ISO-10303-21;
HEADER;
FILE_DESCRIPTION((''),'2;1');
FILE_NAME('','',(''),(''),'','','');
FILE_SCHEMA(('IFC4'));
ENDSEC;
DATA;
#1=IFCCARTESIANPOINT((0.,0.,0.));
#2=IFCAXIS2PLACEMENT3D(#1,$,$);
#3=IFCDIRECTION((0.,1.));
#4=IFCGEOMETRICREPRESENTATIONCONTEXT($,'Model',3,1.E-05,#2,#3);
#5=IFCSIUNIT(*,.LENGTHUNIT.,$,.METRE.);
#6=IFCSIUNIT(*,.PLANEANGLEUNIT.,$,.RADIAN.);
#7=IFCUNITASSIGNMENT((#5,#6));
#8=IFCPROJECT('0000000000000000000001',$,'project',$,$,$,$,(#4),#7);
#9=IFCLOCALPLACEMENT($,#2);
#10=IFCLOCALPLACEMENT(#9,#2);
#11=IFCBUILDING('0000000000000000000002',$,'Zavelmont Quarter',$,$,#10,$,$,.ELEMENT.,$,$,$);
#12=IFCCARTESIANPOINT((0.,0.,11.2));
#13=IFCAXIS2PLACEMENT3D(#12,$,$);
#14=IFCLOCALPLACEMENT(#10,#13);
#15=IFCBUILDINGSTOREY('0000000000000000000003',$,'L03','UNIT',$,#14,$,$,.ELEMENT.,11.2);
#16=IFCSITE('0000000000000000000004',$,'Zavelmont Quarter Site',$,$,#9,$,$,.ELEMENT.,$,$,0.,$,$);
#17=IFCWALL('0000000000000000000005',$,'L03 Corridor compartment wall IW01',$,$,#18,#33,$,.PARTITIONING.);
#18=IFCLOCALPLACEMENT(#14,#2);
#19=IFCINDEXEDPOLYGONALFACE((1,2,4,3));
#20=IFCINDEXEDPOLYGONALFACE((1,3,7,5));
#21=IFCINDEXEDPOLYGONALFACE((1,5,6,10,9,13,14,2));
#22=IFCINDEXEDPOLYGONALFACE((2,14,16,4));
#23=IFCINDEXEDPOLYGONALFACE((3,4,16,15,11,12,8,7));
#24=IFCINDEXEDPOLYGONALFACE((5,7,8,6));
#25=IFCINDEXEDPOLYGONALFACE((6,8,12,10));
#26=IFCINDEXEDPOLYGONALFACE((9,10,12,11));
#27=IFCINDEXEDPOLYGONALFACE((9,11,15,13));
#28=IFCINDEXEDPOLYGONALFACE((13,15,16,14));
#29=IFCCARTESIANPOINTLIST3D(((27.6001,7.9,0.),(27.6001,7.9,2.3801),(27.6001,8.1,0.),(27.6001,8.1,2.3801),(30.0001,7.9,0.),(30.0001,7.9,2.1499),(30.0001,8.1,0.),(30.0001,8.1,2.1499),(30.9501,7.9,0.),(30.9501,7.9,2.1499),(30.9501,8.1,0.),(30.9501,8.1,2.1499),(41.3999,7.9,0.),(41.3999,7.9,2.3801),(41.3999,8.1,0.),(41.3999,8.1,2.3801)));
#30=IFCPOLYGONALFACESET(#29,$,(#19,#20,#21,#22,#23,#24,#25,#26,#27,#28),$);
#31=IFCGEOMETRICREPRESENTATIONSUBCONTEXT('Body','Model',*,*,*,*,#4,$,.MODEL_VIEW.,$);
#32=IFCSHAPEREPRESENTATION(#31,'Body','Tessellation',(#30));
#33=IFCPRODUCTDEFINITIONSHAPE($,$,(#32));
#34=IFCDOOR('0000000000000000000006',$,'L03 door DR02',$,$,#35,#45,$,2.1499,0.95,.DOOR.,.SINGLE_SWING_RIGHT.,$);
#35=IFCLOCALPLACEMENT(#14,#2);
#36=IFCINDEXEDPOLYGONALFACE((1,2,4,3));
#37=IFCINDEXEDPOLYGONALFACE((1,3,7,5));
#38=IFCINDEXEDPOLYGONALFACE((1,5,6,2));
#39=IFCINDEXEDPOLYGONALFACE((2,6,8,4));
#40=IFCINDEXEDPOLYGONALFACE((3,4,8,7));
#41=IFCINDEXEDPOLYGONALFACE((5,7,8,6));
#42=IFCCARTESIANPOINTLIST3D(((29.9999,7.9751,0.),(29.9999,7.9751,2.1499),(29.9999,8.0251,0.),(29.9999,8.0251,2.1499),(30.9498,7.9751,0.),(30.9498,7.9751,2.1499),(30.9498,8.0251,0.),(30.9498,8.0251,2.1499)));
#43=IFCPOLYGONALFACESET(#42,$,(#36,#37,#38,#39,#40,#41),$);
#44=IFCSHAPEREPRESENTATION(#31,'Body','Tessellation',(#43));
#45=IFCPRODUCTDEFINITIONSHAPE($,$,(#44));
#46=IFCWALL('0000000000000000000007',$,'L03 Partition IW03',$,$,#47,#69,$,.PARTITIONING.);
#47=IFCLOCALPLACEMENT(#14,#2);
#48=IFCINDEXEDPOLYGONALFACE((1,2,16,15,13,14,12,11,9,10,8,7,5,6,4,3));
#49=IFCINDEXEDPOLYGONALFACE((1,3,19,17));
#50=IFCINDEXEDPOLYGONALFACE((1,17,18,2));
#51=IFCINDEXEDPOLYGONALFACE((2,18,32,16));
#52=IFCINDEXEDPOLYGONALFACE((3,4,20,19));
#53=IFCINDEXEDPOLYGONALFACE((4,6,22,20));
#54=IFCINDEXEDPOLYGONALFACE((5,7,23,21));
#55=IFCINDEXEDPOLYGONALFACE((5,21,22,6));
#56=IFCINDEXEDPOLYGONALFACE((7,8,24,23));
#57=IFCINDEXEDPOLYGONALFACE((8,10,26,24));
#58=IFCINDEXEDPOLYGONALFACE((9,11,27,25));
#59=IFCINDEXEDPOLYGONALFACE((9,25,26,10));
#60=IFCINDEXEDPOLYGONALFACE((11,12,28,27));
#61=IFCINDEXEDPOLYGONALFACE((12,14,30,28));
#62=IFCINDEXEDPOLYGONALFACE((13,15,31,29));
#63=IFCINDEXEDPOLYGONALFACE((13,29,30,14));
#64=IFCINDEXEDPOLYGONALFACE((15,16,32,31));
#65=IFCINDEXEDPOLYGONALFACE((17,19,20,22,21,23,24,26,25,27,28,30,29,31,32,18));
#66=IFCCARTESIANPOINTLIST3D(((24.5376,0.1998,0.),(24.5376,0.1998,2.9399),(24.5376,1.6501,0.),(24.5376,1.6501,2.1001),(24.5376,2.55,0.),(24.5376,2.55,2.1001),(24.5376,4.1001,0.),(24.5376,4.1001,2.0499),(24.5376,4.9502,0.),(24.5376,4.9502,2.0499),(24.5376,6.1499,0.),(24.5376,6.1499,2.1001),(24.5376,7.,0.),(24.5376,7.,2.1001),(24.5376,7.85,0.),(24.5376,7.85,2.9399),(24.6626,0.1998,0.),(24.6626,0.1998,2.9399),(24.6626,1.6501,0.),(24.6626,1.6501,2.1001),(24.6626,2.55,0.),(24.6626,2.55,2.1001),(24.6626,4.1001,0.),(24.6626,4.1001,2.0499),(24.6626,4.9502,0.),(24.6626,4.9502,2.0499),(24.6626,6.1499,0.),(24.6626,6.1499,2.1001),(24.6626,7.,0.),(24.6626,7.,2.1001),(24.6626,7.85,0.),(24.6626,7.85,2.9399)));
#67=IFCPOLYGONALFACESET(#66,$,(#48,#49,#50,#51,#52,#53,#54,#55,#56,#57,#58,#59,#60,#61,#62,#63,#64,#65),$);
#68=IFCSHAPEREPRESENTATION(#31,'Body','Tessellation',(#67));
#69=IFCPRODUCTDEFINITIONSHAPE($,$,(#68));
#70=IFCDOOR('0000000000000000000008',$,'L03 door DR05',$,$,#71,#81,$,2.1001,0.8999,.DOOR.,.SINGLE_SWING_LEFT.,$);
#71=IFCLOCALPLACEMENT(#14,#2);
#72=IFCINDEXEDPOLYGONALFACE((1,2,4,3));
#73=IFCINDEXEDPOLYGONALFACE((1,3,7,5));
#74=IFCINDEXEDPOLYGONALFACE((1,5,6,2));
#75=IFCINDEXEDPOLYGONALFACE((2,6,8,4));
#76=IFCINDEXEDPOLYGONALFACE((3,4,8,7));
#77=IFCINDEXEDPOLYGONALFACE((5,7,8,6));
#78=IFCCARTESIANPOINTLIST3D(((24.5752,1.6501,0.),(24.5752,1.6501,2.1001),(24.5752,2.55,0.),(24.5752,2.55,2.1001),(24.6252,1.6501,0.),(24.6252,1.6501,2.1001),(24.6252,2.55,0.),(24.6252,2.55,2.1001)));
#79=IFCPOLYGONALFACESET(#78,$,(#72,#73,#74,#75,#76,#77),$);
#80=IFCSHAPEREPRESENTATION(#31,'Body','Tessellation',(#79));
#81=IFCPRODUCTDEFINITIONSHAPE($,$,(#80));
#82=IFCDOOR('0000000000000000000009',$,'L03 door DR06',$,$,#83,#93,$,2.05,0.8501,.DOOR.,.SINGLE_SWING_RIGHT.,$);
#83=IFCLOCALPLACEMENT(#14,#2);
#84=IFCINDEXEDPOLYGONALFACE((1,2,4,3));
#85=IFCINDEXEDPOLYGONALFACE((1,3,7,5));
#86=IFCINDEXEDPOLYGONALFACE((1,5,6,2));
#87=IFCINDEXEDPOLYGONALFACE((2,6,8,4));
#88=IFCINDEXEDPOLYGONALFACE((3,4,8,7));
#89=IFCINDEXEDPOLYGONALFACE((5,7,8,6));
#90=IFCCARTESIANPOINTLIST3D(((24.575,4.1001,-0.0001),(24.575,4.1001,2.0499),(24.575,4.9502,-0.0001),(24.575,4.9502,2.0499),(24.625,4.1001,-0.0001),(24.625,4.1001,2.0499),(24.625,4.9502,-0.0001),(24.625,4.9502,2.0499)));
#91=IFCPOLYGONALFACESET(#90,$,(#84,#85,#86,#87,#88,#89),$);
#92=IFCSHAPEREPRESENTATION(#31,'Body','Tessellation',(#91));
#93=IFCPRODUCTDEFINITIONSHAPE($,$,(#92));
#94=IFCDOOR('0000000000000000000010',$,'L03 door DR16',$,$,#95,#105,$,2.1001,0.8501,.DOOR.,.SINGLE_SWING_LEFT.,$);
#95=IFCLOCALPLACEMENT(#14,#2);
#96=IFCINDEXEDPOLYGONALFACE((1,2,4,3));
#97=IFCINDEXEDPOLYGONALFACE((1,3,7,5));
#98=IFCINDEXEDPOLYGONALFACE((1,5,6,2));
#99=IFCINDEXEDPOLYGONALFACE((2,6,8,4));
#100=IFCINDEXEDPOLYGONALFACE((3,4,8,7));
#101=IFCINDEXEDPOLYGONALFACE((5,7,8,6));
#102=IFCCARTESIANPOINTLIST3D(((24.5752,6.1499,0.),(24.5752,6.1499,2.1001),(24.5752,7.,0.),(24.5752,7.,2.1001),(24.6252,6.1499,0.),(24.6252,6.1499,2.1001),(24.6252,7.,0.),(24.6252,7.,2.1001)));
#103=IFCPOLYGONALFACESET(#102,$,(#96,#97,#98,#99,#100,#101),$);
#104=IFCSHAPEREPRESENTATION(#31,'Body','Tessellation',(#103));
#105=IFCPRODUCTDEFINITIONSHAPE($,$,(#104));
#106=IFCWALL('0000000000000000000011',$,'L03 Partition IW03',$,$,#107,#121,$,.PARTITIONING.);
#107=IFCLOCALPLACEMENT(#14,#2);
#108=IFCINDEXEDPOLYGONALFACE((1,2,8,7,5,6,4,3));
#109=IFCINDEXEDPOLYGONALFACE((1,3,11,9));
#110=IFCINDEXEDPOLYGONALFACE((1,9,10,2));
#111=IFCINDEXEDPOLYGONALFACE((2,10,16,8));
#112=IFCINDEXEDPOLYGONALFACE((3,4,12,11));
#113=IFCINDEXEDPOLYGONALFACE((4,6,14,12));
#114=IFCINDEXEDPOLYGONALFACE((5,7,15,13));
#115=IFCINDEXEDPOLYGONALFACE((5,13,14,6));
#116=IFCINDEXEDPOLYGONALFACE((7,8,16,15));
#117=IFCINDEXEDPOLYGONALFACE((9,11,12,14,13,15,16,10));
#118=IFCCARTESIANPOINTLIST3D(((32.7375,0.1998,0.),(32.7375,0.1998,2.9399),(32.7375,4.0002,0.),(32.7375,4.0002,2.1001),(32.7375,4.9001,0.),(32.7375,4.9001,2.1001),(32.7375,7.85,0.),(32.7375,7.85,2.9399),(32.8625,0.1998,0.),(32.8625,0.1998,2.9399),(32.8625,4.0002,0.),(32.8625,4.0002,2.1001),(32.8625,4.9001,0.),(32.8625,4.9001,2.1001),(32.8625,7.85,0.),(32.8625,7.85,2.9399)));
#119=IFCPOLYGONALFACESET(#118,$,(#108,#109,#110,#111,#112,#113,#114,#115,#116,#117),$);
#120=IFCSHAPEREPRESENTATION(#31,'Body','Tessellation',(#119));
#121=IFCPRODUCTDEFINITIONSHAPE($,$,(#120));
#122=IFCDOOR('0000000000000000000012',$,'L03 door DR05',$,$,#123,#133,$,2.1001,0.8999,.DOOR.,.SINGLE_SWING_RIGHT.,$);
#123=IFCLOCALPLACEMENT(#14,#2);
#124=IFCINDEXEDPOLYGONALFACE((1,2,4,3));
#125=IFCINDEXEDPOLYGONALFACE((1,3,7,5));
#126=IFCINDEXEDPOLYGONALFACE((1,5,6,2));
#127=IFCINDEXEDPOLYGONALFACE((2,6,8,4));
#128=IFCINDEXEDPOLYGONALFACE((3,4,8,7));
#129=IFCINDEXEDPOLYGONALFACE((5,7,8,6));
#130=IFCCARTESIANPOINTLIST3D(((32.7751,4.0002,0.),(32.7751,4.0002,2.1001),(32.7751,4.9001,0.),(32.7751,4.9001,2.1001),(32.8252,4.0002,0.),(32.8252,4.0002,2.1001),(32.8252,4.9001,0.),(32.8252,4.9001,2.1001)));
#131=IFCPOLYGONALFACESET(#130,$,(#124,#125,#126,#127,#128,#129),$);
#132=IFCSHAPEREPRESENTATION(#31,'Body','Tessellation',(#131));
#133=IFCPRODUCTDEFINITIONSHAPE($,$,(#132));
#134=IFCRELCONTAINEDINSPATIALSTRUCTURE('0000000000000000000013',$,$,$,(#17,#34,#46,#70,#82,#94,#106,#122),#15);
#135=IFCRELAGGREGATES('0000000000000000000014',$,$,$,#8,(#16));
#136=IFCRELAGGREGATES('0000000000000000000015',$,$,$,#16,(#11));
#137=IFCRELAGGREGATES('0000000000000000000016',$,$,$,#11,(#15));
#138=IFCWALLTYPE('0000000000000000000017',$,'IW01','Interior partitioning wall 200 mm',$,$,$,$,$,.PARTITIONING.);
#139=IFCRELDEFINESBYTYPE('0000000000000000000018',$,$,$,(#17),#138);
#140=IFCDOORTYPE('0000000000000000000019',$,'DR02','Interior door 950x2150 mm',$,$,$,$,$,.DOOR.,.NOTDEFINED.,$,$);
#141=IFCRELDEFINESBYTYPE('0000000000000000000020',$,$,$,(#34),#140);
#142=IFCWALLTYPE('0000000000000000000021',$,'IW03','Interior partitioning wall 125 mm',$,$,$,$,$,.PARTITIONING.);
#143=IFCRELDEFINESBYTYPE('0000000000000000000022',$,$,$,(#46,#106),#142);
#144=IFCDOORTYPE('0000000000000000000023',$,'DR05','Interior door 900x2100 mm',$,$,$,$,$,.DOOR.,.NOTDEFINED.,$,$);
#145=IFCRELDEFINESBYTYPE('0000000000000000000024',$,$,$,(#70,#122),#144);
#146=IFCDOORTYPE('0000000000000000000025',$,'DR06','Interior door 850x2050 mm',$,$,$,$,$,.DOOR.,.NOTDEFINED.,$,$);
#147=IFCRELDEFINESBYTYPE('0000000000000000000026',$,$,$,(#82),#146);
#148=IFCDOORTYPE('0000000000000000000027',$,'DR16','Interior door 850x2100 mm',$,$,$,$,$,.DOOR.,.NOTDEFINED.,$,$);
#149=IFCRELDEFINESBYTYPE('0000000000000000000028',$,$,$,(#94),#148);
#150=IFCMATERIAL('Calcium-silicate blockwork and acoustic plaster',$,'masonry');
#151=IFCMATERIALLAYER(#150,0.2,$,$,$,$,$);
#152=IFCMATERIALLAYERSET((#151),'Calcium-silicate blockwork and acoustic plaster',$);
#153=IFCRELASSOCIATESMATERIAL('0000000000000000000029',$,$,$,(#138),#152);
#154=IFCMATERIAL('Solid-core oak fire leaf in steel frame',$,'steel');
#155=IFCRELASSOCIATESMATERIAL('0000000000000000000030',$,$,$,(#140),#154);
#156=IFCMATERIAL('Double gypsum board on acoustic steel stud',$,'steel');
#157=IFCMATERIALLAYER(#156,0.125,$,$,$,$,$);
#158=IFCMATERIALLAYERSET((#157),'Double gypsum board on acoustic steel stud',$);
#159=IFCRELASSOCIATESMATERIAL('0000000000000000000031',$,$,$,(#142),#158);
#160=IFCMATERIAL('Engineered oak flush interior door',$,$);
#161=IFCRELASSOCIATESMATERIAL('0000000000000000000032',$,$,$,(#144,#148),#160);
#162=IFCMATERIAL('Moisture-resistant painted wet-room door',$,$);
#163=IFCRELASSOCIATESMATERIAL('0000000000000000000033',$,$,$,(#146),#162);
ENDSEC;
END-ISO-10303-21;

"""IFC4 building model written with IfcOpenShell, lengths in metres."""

from ifc_helpers import new_model, si_unit, direction, frame, frame_2d, origin, origin_with_axes, place, context, subcontext, project, spatial, rectangle, extrude, material, layer, layer_set, type_object, element, fill, save


model = new_model("IFC4")

# Units and contexts
model_context = context("Model", 3, precision=1e-05, world=origin(), true_north=direction((0.0, 1.0)))
body_context = subcontext(model_context, "Body", "Model", "MODEL_VIEW")
ifc_project = project(units=[si_unit("LENGTHUNIT", "METRE"), si_unit("PLANEANGLEUNIT", "RADIAN")], contexts=[model_context])

# Site, building, storey
site_placement = place(None, origin())
site = spatial("IfcSite", under=ifc_project, at=site_placement, Name="Zavelmont Quarter Site", CompositionType="ELEMENT", RefElevation=0.0)
building_placement = place(site_placement, origin())
building = spatial("IfcBuilding", under=site, at=building_placement, Name="Zavelmont Quarter", CompositionType="ELEMENT")
storey_placement = place(building_placement, frame((0.0, 0.0, 11.2)))
storey = spatial("IfcBuildingStorey", under=building, at=storey_placement, Name="L03", Description="UNIT", CompositionType="ELEMENT", Elevation=11.2)

# Shared definitions
ifc_material_1 = material(Name="Calcium-silicate blockwork and acoustic plaster", Category="masonry")
ifc_layer_1 = layer(ifc_material_1, 0.2)
ifc_layer_set_1 = layer_set([ifc_layer_1], Name="Calcium-silicate blockwork and acoustic plaster")
wall_type_1 = type_object("IfcWallType", Name="IW01", Description="Interior partitioning wall 200 mm", PredefinedType="PARTITIONING", material=ifc_layer_set_1)

# Wall, opening, door
wall_1_placement = place(storey_placement, frame((27.6001, 8.0, 0.0), z_axis=(0.0, 0.0, 1.0), x_axis=(1.0, 0.0, 0.0)))
wall_1 = element("IfcWall", 1, at=wall_1_placement, inside=storey, type_object=wall_type_1, Name="L03 Corridor compartment wall IW01", PredefinedType="PARTITIONING", context=body_context, shape_type="SweptSolid", body=[
    extrude(rectangle(XDim=13.7998, YDim=0.2, at=frame_2d((6.8999, 0.0))), origin(), (0.0, 0.0, 1.0), 2.3801),
])
opening_1_placement = place(wall_1_placement, frame((2.3999, 0.0, 0.0)))
opening_1 = element("IfcOpeningElement", 2, at=opening_1_placement, cuts=wall_1, PredefinedType="OPENING", context=body_context, shape_type="SweptSolid", body=[
    extrude(rectangle(XDim=0.95, YDim=2.1499, at=frame_2d((0.4751, 1.075))), frame((0.0, 0.1118, 0.0), z_axis=(0.0, -1.0, 0.0), x_axis=(1.0, 0.0, 0.0)), (0.0, 0.0, 1.0), 0.2239),
])
ifc_material_2 = material(Name="Solid-core oak fire leaf in steel frame", Category="steel")
door_type_1 = type_object("IfcDoorType", Name="DR02", Description="Interior door 950x2150 mm", OperationType="NOTDEFINED", PredefinedType="DOOR", material=ifc_material_2)
door_1_placement = place(opening_1_placement, frame((0.95, 0.0, 0.0), z_axis=(0.0, 0.0, 1.0), x_axis=(-1.0, 0.0, 0.0)))
door_1 = element("IfcDoor", 3, at=door_1_placement, inside=storey, type_object=door_type_1, Name="L03 door DR02", OperationType="SINGLE_SWING_RIGHT", OverallHeight=2.1499, OverallWidth=0.95, PredefinedType="DOOR", context=body_context, shape_type="SweptSolid", body=[
    extrude(rectangle(XDim=0.95, YDim=2.1499, at=frame_2d((0.4751, 1.075))), frame((0.0, 0.0249, 0.0), z_axis=(0.0, -1.0, 0.0), x_axis=(1.0, 0.0, 0.0)), (0.0, 0.0, 1.0), 0.05),
])
fill(opening_1, door_1)

# Wall, openings, doors
ifc_material_3 = material(Name="Double gypsum board on acoustic steel stud", Category="steel")
ifc_layer_2 = layer(ifc_material_3, 0.125)
ifc_layer_set_2 = layer_set([ifc_layer_2], Name="Double gypsum board on acoustic steel stud")
wall_type_2 = type_object("IfcWallType", Name="IW03", Description="Interior partitioning wall 125 mm", PredefinedType="PARTITIONING", material=ifc_layer_set_2)
wall_2_placement = place(storey_placement, frame((24.6001, 7.8501, 0.0), z_axis=(0.0, 0.0, 1.0), x_axis=(0.0, -1.0, 0.0)))
wall_2 = element("IfcWall", 4, at=wall_2_placement, inside=storey, type_object=wall_type_2, Name="L03 Partition IW03", PredefinedType="PARTITIONING", context=body_context, shape_type="SweptSolid", body=[
    extrude(rectangle(XDim=7.6501, YDim=0.125, at=frame_2d((3.8252, 0.0))), origin(), (0.0, 0.0, 1.0), 2.9399),
])
opening_2_placement = place(wall_2_placement, frame((0.8501, 0.0, 0.0)))
opening_2 = element("IfcOpeningElement", 5, at=opening_2_placement, cuts=wall_2, PredefinedType="OPENING", context=body_context, shape_type="SweptSolid", body=[
    extrude(rectangle(XDim=0.8501, YDim=2.1001, at=frame_2d((0.425, 1.05))), frame((0.0, 0.0745, 0.0), z_axis=(0.0, -1.0, 0.0), x_axis=(1.0, 0.0, 0.0)), (0.0, 0.0, 1.0), 0.1489),
])
opening_3_placement = place(wall_2_placement, frame((2.8999, 0.0, 0.0)))
opening_3 = element("IfcOpeningElement", 6, at=opening_3_placement, cuts=wall_2, PredefinedType="OPENING", context=body_context, shape_type="SweptSolid", body=[
    extrude(rectangle(XDim=0.8501, YDim=2.05, at=frame_2d((0.425, 1.0249))), frame((0.0, 0.0745, 0.0), z_axis=(0.0, -1.0, 0.0), x_axis=(1.0, 0.0, 0.0)), (0.0, 0.0, 1.0), 0.1489),
])
opening_4_placement = place(wall_2_placement, frame((5.3, 0.0, 0.0)))
opening_4 = element("IfcOpeningElement", 7, at=opening_4_placement, cuts=wall_2, PredefinedType="OPENING", context=body_context, shape_type="SweptSolid", body=[
    extrude(rectangle(XDim=0.8999, YDim=2.1001, at=frame_2d((0.45, 1.05))), frame((0.0, 0.0745, 0.0), z_axis=(0.0, -1.0, 0.0), x_axis=(1.0, 0.0, 0.0)), (0.0, 0.0, 1.0), 0.1489),
])
ifc_material_4 = material(Name="Engineered oak flush interior door")
door_type_2 = type_object("IfcDoorType", Name="DR05", Description="Interior door 900x2100 mm", OperationType="NOTDEFINED", PredefinedType="DOOR", material=ifc_material_4)
door_2_placement = place(opening_4_placement, frame((0.8999, 0.0, 0.0), z_axis=(0.0, 0.0, 1.0), x_axis=(-1.0, 0.0, 0.0)))
door_2 = element("IfcDoor", 8, at=door_2_placement, inside=storey, type_object=door_type_2, Name="L03 door DR05", OperationType="SINGLE_SWING_LEFT", OverallHeight=2.1001, OverallWidth=0.8999, PredefinedType="DOOR", context=body_context, shape_type="SweptSolid", body=[
    extrude(rectangle(XDim=0.8999, YDim=2.1001, at=frame_2d((0.45, 1.05))), frame((0.0, 0.0249, 0.0), z_axis=(0.0, -1.0, 0.0), x_axis=(1.0, 0.0, 0.0)), (0.0, 0.0, 1.0), 0.05),
])
fill(opening_4, door_2)
ifc_material_5 = material(Name="Moisture-resistant painted wet-room door")
door_type_3 = type_object("IfcDoorType", Name="DR06", Description="Interior door 850x2050 mm", OperationType="NOTDEFINED", PredefinedType="DOOR", material=ifc_material_5)
door_3_placement = place(opening_3_placement, origin_with_axes())
door_3 = element("IfcDoor", 9, at=door_3_placement, inside=storey, type_object=door_type_3, Name="L03 door DR06", OperationType="SINGLE_SWING_RIGHT", OverallHeight=2.05, OverallWidth=0.8501, PredefinedType="DOOR", context=body_context, shape_type="SweptSolid", body=[
    extrude(rectangle(XDim=0.8501, YDim=2.05, at=frame_2d((0.425, 1.0249))), frame((0.0, 0.0249, 0.0), z_axis=(0.0, -1.0, 0.0), x_axis=(1.0, 0.0, 0.0)), (0.0, 0.0, 1.0), 0.05),
])
fill(opening_3, door_3)
door_type_4 = type_object("IfcDoorType", Name="DR16", Description="Interior door 850x2100 mm", OperationType="NOTDEFINED", PredefinedType="DOOR", material=ifc_material_4)
door_4_placement = place(opening_2_placement, frame((0.8501, 0.0, 0.0), z_axis=(0.0, 0.0, 1.0), x_axis=(-1.0, 0.0, 0.0)))
door_4 = element("IfcDoor", 10, at=door_4_placement, inside=storey, type_object=door_type_4, Name="L03 door DR16", OperationType="SINGLE_SWING_LEFT", OverallHeight=2.1001, OverallWidth=0.8501, PredefinedType="DOOR", context=body_context, shape_type="SweptSolid", body=[
    extrude(rectangle(XDim=0.8501, YDim=2.1001, at=frame_2d((0.425, 1.05))), frame((0.0, 0.0249, 0.0), z_axis=(0.0, -1.0, 0.0), x_axis=(1.0, 0.0, 0.0)), (0.0, 0.0, 1.0), 0.05),
])
fill(opening_2, door_4)

# Wall, opening, door
wall_3_placement = place(storey_placement, frame((32.8, 7.8501, 0.0), z_axis=(0.0, 0.0, 1.0), x_axis=(0.0, -1.0, 0.0)))
wall_3 = element("IfcWall", 11, at=wall_3_placement, inside=storey, type_object=wall_type_2, Name="L03 Partition IW03", PredefinedType="PARTITIONING", context=body_context, shape_type="SweptSolid", body=[
    extrude(rectangle(XDim=7.6501, YDim=0.125, at=frame_2d((3.8252, 0.0))), origin(), (0.0, 0.0, 1.0), 2.9399),
])
opening_5_placement = place(wall_3_placement, frame((2.95, 0.0, 0.0)))
opening_5 = element("IfcOpeningElement", 12, at=opening_5_placement, cuts=wall_3, PredefinedType="OPENING", context=body_context, shape_type="SweptSolid", body=[
    extrude(rectangle(XDim=0.8999, YDim=2.1001, at=frame_2d((0.45, 1.05))), frame((0.0, 0.0745, 0.0), z_axis=(0.0, -1.0, 0.0), x_axis=(1.0, 0.0, 0.0)), (0.0, 0.0, 1.0), 0.1489),
])
door_5_placement = place(opening_5_placement, frame((0.8999, 0.0, 0.0), z_axis=(0.0, 0.0, 1.0), x_axis=(-1.0, 0.0, 0.0)))
door_5 = element("IfcDoor", 13, at=door_5_placement, inside=storey, type_object=door_type_2, Name="L03 door DR05", OperationType="SINGLE_SWING_RIGHT", OverallHeight=2.1001, OverallWidth=0.8999, PredefinedType="DOOR", context=body_context, shape_type="SweptSolid", body=[
    extrude(rectangle(XDim=0.8999, YDim=2.1001, at=frame_2d((0.45, 1.05))), frame((0.0, 0.0249, 0.0), z_axis=(0.0, -1.0, 0.0), x_axis=(1.0, 0.0, 0.0)), (0.0, 0.0, 1.0), 0.05),
])
fill(opening_5, door_5)

save(model, "model.ifc")
